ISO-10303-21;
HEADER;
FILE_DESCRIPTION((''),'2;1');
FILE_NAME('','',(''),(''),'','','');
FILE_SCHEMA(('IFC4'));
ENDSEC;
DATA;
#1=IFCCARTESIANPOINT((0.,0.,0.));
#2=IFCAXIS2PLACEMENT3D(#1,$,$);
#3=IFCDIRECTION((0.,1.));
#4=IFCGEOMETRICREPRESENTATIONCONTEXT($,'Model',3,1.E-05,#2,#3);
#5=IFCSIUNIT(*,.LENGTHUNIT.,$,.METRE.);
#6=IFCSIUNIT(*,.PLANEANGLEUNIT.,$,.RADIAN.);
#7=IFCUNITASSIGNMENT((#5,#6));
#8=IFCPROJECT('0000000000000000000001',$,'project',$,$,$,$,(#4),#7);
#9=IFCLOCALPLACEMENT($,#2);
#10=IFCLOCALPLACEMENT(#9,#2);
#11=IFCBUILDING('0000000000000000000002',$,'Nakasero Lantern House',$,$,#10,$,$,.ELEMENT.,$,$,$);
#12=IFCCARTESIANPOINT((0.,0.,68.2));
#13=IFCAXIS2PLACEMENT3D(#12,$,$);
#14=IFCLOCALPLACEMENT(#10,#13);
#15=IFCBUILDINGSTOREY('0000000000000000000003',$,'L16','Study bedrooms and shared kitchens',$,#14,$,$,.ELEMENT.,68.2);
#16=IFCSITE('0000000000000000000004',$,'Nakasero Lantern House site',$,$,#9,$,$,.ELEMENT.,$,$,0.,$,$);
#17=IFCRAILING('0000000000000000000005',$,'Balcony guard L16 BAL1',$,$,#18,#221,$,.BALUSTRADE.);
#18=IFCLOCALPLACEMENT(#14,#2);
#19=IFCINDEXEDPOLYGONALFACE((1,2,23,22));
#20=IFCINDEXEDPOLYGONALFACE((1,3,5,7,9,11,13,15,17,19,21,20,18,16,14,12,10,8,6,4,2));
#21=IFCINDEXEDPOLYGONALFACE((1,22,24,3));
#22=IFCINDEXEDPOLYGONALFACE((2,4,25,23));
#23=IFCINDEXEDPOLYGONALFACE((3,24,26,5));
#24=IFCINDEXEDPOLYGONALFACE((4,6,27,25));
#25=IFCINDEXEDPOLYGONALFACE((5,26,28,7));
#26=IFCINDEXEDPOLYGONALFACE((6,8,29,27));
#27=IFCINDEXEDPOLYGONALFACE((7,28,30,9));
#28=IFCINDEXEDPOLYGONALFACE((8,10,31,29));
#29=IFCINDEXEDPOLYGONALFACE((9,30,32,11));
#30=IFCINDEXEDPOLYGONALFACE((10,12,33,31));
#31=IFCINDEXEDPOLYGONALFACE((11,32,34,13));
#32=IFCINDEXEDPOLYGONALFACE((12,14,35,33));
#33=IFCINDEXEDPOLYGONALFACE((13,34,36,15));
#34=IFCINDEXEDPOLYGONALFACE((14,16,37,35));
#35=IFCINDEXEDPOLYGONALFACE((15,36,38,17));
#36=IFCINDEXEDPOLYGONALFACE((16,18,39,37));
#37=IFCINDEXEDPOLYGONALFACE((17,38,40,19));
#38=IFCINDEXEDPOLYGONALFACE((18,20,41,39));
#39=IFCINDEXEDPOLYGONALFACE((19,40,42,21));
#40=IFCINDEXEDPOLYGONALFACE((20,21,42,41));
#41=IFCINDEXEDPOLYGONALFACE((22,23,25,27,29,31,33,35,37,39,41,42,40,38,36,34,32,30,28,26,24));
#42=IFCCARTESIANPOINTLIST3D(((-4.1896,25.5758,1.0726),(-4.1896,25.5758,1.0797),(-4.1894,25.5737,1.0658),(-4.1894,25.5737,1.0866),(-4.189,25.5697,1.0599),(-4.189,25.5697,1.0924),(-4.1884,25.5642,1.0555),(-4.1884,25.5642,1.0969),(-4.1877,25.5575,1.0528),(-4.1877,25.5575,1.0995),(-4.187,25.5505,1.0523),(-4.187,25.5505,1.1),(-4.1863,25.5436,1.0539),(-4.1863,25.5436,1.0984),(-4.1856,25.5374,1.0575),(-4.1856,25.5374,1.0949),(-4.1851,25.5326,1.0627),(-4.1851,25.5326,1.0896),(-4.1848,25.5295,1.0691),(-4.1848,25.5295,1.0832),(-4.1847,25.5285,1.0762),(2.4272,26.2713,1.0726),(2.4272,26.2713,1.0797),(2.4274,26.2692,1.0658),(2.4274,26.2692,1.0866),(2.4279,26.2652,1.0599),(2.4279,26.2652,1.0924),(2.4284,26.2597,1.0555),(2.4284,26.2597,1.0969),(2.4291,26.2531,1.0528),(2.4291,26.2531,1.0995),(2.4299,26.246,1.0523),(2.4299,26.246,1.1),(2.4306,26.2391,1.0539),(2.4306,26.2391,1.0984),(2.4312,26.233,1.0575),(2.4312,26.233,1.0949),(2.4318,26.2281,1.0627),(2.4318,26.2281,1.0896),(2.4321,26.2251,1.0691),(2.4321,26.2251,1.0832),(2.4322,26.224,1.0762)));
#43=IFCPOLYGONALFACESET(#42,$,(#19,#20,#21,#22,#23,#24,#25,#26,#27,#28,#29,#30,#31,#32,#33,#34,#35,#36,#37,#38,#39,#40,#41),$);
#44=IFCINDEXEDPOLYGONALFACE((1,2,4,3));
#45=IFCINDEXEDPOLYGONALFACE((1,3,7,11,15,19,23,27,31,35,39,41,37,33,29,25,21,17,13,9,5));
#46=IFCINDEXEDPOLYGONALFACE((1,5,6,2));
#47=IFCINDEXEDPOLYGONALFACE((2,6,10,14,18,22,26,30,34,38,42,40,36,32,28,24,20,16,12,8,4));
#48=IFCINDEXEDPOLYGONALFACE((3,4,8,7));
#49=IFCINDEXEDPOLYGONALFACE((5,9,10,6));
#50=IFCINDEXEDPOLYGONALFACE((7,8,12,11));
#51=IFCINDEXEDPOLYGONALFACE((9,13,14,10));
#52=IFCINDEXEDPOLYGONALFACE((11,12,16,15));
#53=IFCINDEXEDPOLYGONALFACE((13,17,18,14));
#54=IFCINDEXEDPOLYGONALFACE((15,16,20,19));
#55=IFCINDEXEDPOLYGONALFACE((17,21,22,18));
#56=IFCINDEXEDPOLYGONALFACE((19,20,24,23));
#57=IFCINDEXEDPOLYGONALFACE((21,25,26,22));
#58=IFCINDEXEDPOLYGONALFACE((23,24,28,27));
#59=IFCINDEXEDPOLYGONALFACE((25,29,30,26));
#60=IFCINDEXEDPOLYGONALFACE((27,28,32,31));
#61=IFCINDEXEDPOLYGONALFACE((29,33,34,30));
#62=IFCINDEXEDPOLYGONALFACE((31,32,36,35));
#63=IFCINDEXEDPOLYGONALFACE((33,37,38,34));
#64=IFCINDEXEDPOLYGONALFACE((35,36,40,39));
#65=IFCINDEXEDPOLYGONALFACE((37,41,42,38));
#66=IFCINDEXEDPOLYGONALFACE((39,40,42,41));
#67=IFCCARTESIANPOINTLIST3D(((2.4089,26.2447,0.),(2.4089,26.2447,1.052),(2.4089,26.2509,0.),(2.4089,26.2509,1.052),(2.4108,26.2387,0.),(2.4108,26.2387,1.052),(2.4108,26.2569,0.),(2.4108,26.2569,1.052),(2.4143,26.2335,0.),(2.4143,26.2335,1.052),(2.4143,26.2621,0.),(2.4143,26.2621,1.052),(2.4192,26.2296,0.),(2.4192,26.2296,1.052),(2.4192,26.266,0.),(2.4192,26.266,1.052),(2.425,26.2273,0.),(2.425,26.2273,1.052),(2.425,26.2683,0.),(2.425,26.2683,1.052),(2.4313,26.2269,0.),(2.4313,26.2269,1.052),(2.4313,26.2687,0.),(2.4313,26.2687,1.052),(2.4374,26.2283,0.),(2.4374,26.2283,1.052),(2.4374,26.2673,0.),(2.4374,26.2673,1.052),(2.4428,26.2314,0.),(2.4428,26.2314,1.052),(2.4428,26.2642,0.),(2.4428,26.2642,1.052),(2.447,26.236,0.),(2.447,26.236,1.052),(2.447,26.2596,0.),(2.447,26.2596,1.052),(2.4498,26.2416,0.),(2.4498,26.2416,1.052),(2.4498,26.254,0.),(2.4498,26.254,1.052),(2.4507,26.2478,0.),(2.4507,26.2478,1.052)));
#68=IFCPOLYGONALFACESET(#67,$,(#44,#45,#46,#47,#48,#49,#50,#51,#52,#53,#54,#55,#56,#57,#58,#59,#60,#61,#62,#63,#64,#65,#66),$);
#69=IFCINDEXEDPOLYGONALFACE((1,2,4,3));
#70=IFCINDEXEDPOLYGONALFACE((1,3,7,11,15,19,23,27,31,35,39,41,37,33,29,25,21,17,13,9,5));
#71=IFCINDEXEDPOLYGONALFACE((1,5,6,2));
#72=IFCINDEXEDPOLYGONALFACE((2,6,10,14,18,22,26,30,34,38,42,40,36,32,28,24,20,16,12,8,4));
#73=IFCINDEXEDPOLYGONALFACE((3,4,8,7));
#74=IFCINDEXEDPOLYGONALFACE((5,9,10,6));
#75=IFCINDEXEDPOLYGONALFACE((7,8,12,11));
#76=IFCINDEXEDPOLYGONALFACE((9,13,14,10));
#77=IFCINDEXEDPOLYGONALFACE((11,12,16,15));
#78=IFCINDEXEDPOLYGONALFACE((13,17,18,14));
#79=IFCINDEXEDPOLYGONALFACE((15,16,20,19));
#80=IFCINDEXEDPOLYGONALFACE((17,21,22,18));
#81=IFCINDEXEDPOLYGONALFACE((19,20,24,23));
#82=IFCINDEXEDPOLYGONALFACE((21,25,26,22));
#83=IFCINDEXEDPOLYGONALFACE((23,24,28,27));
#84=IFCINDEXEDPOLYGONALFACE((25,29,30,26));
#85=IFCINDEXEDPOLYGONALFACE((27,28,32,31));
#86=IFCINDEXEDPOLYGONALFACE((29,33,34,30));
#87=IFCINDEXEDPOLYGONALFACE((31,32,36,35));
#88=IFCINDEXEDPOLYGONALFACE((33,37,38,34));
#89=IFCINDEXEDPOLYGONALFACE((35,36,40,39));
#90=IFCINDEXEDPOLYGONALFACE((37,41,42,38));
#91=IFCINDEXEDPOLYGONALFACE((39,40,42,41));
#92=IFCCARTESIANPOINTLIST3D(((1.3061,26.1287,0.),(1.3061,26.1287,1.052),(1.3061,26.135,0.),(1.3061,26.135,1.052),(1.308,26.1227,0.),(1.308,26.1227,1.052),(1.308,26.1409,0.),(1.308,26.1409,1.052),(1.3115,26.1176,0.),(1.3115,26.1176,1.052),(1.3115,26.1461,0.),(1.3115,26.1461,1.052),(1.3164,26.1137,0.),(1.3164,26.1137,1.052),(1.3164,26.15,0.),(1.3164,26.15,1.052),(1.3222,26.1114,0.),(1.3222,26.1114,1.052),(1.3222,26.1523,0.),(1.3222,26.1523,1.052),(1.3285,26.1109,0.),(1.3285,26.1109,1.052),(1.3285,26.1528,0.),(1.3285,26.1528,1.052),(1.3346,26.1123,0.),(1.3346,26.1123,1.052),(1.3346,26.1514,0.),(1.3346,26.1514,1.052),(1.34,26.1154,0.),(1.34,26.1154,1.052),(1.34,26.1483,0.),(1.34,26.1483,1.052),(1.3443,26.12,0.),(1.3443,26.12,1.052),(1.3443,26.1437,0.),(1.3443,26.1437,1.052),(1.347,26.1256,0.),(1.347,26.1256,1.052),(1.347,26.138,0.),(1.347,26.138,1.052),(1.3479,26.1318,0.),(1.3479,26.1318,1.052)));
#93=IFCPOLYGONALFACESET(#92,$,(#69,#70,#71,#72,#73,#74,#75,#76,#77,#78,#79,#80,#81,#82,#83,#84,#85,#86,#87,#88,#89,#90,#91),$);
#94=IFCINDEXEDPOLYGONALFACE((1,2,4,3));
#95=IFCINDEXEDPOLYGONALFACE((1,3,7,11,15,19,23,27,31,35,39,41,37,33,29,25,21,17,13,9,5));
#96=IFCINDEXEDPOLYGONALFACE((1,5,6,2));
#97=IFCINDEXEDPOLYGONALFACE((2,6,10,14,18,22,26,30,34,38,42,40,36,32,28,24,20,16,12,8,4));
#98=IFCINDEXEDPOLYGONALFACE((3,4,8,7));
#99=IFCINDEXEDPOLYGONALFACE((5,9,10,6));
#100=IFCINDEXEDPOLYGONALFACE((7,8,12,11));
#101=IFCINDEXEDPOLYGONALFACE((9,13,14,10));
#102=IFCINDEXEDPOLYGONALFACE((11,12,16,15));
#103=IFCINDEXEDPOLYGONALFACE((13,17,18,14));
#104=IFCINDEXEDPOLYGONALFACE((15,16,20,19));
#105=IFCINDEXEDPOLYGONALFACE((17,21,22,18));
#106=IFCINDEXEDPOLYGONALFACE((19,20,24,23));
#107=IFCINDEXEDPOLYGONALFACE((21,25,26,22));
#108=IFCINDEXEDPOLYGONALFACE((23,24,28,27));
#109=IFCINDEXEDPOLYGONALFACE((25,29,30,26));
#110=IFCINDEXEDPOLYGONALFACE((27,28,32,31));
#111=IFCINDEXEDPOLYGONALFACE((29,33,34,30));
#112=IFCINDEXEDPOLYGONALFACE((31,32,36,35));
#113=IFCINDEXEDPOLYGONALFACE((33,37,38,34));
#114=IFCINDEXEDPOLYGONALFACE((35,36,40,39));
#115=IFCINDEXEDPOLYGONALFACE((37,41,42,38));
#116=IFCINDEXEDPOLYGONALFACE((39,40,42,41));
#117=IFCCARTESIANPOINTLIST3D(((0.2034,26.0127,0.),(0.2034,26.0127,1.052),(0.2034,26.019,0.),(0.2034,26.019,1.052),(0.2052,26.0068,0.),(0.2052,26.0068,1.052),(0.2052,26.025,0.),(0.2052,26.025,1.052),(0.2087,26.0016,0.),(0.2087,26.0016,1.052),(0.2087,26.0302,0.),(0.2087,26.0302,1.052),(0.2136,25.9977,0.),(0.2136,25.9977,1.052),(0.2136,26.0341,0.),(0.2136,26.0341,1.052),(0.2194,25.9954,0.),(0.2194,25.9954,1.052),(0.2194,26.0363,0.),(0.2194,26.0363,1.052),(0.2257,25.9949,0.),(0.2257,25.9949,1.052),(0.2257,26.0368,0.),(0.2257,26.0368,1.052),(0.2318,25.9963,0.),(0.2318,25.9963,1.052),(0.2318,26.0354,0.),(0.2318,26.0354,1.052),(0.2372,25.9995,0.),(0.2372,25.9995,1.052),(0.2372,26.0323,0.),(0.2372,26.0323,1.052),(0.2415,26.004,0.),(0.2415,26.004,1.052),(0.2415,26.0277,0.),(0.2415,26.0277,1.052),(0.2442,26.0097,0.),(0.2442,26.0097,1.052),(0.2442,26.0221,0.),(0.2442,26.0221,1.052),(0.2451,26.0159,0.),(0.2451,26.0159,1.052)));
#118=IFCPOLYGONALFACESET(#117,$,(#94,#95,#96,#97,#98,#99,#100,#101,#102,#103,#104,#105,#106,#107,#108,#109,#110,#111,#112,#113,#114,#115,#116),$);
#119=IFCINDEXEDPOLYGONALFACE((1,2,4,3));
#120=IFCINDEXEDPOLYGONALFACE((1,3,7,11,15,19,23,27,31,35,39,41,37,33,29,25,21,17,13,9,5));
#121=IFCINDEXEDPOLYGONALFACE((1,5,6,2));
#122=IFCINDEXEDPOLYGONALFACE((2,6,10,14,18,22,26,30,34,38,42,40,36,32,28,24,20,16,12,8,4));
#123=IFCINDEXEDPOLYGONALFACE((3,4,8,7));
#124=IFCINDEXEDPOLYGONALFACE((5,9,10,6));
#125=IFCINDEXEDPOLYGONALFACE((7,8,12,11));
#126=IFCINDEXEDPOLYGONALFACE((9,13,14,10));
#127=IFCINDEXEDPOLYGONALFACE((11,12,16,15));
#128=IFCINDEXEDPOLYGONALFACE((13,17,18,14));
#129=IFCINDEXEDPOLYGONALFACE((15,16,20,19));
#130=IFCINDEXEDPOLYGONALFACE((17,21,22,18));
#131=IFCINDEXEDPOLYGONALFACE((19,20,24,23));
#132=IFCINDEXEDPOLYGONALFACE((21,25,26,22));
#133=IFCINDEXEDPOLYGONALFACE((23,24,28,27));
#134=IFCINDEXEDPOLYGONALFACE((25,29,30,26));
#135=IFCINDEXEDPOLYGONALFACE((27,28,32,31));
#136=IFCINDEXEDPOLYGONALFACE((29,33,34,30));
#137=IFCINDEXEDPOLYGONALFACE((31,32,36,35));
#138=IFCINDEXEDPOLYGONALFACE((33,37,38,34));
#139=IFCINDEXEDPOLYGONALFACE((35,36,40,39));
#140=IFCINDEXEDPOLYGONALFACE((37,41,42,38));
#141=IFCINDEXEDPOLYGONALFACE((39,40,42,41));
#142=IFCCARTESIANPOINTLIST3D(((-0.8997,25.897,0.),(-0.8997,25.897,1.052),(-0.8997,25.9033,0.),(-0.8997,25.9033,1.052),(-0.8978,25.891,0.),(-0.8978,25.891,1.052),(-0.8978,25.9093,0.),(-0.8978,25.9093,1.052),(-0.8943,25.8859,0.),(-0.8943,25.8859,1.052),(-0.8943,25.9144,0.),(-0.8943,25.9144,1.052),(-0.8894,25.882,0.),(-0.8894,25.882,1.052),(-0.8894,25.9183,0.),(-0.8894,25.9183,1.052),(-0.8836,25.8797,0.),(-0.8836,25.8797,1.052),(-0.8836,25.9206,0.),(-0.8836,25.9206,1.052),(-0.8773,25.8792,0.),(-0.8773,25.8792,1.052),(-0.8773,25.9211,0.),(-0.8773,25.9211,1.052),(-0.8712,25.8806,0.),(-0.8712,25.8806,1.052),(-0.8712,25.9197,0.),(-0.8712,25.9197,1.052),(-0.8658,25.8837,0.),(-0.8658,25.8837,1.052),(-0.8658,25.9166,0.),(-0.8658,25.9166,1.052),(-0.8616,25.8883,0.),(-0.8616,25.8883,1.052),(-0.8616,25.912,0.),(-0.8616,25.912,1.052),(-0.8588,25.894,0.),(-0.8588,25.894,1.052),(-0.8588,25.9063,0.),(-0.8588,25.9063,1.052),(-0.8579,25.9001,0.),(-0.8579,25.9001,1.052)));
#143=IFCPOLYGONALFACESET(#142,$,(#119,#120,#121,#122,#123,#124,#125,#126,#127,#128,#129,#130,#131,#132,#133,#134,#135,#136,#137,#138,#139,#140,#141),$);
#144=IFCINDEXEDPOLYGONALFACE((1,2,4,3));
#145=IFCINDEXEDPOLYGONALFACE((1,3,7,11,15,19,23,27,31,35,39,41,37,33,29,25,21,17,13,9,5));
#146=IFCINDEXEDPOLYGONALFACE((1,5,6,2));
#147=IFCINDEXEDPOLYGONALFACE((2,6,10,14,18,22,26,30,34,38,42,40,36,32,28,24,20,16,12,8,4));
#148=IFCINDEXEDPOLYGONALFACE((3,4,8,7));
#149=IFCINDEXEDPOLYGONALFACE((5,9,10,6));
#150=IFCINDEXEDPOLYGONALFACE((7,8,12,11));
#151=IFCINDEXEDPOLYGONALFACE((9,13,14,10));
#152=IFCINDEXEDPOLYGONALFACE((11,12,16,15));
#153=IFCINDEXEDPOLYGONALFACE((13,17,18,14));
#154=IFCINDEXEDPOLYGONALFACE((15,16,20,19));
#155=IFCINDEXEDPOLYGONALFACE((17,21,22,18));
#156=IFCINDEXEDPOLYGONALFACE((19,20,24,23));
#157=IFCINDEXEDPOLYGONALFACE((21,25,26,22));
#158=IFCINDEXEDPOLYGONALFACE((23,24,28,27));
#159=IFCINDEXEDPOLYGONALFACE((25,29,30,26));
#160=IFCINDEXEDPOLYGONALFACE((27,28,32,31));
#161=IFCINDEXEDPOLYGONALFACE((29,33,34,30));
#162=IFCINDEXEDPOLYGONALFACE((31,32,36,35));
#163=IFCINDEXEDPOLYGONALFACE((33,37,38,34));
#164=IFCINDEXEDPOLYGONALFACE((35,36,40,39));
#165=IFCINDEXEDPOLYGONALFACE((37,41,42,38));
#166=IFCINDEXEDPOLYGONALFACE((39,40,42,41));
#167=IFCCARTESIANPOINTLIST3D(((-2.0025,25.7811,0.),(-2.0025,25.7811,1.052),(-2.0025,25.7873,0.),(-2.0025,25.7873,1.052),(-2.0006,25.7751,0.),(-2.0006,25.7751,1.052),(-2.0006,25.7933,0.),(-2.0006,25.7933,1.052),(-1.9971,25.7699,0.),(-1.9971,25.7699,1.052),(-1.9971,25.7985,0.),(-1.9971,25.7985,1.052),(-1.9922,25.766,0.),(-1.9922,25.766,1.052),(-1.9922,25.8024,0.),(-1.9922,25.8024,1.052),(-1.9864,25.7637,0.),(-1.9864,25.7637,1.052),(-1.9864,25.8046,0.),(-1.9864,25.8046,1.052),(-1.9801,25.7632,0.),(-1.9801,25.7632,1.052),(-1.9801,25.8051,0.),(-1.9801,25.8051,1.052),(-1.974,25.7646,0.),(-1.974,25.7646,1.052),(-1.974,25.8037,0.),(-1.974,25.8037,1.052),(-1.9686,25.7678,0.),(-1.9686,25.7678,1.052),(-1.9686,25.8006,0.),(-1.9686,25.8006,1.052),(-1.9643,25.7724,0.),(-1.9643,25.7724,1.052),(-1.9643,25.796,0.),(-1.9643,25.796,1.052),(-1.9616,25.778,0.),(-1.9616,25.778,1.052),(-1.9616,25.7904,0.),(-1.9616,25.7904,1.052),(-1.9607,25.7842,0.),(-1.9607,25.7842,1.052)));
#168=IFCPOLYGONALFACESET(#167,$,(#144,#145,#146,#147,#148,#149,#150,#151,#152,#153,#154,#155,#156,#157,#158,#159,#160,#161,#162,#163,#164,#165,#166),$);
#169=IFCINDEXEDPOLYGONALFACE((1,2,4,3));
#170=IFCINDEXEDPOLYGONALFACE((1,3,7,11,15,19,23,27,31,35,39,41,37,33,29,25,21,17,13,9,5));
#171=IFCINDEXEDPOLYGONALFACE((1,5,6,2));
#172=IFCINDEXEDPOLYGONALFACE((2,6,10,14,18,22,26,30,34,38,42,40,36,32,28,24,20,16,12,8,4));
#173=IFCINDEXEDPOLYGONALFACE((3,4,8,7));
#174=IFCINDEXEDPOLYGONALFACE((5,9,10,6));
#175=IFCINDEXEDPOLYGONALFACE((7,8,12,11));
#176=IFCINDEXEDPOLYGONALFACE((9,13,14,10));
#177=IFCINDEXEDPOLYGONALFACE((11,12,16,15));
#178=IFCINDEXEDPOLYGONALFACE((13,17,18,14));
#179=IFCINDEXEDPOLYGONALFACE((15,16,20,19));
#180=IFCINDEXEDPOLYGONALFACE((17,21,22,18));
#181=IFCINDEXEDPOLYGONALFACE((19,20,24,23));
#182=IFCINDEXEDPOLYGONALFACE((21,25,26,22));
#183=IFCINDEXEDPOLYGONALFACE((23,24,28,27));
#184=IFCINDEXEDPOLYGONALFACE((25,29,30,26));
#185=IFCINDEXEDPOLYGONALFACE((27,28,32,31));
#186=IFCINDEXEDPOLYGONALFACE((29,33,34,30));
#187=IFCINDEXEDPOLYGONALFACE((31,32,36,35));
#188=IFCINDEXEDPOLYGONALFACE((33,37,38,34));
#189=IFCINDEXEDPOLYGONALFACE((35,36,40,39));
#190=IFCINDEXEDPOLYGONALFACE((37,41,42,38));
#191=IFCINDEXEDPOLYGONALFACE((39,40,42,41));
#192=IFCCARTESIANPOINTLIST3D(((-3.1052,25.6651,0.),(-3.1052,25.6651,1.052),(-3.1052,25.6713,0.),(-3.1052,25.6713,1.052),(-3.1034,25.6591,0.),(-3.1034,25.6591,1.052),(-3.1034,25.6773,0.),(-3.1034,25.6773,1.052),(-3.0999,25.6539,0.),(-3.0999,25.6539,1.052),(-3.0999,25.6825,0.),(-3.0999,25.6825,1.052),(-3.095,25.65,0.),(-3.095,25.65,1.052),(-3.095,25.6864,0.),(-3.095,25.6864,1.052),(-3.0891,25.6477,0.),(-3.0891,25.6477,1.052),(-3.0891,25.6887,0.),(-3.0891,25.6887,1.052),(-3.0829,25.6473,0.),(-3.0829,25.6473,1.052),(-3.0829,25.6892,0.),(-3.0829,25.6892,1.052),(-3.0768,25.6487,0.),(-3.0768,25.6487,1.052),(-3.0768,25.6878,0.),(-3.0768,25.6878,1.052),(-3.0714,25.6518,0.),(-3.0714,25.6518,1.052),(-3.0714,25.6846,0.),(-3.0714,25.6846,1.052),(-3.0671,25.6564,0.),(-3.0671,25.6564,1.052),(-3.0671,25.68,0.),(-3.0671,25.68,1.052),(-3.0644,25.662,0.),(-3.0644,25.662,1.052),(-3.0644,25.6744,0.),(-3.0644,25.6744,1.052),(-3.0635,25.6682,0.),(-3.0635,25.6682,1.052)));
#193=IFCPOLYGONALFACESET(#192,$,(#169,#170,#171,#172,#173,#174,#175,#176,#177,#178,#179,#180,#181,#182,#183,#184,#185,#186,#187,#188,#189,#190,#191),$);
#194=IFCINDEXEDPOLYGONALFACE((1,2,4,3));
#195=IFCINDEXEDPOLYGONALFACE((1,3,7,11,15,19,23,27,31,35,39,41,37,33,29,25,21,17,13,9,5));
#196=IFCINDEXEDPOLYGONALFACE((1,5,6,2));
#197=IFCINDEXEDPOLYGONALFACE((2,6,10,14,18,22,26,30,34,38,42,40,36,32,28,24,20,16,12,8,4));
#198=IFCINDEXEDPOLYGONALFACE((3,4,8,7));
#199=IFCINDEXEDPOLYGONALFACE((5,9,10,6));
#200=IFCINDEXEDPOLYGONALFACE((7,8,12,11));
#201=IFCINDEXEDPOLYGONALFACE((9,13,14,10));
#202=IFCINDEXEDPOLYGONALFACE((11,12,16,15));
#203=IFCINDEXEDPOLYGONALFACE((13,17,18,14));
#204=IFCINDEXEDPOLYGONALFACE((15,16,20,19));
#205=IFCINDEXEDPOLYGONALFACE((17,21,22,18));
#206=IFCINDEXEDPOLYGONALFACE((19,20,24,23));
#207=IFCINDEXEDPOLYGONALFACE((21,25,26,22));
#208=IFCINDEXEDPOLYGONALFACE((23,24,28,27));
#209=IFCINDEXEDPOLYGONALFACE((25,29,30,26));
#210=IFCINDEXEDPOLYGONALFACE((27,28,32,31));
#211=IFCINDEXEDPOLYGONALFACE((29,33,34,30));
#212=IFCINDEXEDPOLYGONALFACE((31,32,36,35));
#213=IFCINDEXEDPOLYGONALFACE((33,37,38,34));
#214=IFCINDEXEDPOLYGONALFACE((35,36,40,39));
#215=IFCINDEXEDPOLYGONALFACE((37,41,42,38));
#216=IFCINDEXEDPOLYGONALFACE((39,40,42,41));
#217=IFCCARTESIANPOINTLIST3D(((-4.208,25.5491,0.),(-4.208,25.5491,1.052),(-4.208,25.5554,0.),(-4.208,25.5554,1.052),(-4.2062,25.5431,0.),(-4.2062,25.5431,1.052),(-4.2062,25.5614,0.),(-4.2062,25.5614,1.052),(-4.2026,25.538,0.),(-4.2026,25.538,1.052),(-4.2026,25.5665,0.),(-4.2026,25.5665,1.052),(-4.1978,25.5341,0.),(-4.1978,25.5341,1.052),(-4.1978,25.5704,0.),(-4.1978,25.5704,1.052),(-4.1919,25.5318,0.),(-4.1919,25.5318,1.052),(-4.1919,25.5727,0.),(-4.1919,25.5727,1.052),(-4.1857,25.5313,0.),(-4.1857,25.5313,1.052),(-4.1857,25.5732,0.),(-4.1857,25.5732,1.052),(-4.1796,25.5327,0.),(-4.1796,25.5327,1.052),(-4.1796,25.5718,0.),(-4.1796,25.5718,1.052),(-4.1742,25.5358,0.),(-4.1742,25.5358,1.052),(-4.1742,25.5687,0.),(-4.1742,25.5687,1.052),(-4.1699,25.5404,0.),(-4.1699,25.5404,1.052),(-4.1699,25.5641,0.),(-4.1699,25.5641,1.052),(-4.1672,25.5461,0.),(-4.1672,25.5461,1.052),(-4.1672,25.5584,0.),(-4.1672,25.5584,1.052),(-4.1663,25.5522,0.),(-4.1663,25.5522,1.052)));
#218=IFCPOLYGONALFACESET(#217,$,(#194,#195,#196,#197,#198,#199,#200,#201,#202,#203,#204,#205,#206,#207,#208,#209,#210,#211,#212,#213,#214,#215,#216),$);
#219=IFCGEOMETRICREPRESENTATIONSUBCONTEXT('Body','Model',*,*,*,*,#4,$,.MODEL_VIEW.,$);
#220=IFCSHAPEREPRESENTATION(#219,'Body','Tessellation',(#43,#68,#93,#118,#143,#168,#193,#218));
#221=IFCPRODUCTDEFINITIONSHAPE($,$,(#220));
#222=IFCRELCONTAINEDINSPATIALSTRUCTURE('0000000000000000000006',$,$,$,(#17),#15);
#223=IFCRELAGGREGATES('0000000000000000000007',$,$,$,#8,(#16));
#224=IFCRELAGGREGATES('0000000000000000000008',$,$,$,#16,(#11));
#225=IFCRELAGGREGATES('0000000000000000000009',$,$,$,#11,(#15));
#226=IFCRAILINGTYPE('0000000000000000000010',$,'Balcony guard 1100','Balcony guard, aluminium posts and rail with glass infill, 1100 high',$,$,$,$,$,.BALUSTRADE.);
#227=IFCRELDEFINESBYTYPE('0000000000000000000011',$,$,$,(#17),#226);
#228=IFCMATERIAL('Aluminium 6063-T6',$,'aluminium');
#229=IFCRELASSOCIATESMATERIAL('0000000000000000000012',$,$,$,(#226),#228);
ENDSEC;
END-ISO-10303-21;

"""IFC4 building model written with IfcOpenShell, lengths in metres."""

from ifc_helpers import new_model, si_unit, direction, frame, origin, origin_2d, place, context, subcontext, project, spatial, circle, extrude, material, type_object, element, save


model = new_model("IFC4")

# Units and contexts
model_context = context("Model", 3, precision=1e-05, world=origin(), true_north=direction((0.0, 1.0)))
body_context = subcontext(model_context, "Body", "Model", "MODEL_VIEW")
ifc_project = project(units=[si_unit("LENGTHUNIT", "METRE"), si_unit("PLANEANGLEUNIT", "RADIAN")], contexts=[model_context])

# Site, building, storey
site_placement = place(None, origin())
site = spatial("IfcSite", under=ifc_project, at=site_placement, Name="Nakasero Lantern House site", CompositionType="ELEMENT", RefElevation=0.0)
building_placement = place(site_placement, origin())
building = spatial("IfcBuilding", under=site, at=building_placement, Name="Nakasero Lantern House", CompositionType="ELEMENT")
storey_placement = place(building_placement, frame((0.0, 0.0, 68.2)))
storey = spatial("IfcBuildingStorey", under=building, at=storey_placement, Name="L16", Description="Study bedrooms and shared kitchens", CompositionType="ELEMENT", Elevation=68.2)

# Railing
ifc_material_1 = material(Name="Aluminium 6063-T6", Category="aluminium")
railing_type = type_object("IfcRailingType", Name="Balcony guard 1100", Description="Balcony guard, aluminium posts and rail with glass infill, 1100 high", PredefinedType="BALUSTRADE", material=ifc_material_1)
railing_placement = place(storey_placement, frame((2.4297, 26.2478, 0.0)))
element("IfcRailing", 1, at=railing_placement, inside=storey, type_object=railing_type, Name="Balcony guard L16 BAL1", PredefinedType="BALUSTRADE", context=body_context, shape_type="SweptSolid", body=[
    extrude(circle(Radius=0.0239, at=origin_2d()), frame((0.0, 0.0, 1.0762), z_axis=(-0.994521, -0.104542, 0.0), x_axis=(0.104542, -0.994521, 0.0)), (0.0, 0.0, 1.0), 6.6533),
    extrude(circle(Radius=0.021, at=origin_2d()), origin(), (0.0, 0.0, 1.0), 1.052),
    extrude(circle(Radius=0.021, at=origin_2d()), frame((-1.1028, -0.116, 0.0)), (0.0, 0.0, 1.0), 1.052),
    extrude(circle(Radius=0.021, at=origin_2d()), frame((-2.2056, -0.2319, 0.0)), (0.0, 0.0, 1.0), 1.052),
    extrude(circle(Radius=0.021, at=origin_2d()), frame((-3.3086, -0.3477, 0.0)), (0.0, 0.0, 1.0), 1.052),
    extrude(circle(Radius=0.021, at=origin_2d()), frame((-4.4114, -0.4636, 0.0)), (0.0, 0.0, 1.0), 1.052),
    extrude(circle(Radius=0.021, at=origin_2d()), frame((-5.5142, -0.5796, 0.0)), (0.0, 0.0, 1.0), 1.052),
    extrude(circle(Radius=0.021, at=origin_2d()), frame((-6.6169, -0.6956, 0.0)), (0.0, 0.0, 1.0), 1.052),
])

save(model, "model.ifc")
